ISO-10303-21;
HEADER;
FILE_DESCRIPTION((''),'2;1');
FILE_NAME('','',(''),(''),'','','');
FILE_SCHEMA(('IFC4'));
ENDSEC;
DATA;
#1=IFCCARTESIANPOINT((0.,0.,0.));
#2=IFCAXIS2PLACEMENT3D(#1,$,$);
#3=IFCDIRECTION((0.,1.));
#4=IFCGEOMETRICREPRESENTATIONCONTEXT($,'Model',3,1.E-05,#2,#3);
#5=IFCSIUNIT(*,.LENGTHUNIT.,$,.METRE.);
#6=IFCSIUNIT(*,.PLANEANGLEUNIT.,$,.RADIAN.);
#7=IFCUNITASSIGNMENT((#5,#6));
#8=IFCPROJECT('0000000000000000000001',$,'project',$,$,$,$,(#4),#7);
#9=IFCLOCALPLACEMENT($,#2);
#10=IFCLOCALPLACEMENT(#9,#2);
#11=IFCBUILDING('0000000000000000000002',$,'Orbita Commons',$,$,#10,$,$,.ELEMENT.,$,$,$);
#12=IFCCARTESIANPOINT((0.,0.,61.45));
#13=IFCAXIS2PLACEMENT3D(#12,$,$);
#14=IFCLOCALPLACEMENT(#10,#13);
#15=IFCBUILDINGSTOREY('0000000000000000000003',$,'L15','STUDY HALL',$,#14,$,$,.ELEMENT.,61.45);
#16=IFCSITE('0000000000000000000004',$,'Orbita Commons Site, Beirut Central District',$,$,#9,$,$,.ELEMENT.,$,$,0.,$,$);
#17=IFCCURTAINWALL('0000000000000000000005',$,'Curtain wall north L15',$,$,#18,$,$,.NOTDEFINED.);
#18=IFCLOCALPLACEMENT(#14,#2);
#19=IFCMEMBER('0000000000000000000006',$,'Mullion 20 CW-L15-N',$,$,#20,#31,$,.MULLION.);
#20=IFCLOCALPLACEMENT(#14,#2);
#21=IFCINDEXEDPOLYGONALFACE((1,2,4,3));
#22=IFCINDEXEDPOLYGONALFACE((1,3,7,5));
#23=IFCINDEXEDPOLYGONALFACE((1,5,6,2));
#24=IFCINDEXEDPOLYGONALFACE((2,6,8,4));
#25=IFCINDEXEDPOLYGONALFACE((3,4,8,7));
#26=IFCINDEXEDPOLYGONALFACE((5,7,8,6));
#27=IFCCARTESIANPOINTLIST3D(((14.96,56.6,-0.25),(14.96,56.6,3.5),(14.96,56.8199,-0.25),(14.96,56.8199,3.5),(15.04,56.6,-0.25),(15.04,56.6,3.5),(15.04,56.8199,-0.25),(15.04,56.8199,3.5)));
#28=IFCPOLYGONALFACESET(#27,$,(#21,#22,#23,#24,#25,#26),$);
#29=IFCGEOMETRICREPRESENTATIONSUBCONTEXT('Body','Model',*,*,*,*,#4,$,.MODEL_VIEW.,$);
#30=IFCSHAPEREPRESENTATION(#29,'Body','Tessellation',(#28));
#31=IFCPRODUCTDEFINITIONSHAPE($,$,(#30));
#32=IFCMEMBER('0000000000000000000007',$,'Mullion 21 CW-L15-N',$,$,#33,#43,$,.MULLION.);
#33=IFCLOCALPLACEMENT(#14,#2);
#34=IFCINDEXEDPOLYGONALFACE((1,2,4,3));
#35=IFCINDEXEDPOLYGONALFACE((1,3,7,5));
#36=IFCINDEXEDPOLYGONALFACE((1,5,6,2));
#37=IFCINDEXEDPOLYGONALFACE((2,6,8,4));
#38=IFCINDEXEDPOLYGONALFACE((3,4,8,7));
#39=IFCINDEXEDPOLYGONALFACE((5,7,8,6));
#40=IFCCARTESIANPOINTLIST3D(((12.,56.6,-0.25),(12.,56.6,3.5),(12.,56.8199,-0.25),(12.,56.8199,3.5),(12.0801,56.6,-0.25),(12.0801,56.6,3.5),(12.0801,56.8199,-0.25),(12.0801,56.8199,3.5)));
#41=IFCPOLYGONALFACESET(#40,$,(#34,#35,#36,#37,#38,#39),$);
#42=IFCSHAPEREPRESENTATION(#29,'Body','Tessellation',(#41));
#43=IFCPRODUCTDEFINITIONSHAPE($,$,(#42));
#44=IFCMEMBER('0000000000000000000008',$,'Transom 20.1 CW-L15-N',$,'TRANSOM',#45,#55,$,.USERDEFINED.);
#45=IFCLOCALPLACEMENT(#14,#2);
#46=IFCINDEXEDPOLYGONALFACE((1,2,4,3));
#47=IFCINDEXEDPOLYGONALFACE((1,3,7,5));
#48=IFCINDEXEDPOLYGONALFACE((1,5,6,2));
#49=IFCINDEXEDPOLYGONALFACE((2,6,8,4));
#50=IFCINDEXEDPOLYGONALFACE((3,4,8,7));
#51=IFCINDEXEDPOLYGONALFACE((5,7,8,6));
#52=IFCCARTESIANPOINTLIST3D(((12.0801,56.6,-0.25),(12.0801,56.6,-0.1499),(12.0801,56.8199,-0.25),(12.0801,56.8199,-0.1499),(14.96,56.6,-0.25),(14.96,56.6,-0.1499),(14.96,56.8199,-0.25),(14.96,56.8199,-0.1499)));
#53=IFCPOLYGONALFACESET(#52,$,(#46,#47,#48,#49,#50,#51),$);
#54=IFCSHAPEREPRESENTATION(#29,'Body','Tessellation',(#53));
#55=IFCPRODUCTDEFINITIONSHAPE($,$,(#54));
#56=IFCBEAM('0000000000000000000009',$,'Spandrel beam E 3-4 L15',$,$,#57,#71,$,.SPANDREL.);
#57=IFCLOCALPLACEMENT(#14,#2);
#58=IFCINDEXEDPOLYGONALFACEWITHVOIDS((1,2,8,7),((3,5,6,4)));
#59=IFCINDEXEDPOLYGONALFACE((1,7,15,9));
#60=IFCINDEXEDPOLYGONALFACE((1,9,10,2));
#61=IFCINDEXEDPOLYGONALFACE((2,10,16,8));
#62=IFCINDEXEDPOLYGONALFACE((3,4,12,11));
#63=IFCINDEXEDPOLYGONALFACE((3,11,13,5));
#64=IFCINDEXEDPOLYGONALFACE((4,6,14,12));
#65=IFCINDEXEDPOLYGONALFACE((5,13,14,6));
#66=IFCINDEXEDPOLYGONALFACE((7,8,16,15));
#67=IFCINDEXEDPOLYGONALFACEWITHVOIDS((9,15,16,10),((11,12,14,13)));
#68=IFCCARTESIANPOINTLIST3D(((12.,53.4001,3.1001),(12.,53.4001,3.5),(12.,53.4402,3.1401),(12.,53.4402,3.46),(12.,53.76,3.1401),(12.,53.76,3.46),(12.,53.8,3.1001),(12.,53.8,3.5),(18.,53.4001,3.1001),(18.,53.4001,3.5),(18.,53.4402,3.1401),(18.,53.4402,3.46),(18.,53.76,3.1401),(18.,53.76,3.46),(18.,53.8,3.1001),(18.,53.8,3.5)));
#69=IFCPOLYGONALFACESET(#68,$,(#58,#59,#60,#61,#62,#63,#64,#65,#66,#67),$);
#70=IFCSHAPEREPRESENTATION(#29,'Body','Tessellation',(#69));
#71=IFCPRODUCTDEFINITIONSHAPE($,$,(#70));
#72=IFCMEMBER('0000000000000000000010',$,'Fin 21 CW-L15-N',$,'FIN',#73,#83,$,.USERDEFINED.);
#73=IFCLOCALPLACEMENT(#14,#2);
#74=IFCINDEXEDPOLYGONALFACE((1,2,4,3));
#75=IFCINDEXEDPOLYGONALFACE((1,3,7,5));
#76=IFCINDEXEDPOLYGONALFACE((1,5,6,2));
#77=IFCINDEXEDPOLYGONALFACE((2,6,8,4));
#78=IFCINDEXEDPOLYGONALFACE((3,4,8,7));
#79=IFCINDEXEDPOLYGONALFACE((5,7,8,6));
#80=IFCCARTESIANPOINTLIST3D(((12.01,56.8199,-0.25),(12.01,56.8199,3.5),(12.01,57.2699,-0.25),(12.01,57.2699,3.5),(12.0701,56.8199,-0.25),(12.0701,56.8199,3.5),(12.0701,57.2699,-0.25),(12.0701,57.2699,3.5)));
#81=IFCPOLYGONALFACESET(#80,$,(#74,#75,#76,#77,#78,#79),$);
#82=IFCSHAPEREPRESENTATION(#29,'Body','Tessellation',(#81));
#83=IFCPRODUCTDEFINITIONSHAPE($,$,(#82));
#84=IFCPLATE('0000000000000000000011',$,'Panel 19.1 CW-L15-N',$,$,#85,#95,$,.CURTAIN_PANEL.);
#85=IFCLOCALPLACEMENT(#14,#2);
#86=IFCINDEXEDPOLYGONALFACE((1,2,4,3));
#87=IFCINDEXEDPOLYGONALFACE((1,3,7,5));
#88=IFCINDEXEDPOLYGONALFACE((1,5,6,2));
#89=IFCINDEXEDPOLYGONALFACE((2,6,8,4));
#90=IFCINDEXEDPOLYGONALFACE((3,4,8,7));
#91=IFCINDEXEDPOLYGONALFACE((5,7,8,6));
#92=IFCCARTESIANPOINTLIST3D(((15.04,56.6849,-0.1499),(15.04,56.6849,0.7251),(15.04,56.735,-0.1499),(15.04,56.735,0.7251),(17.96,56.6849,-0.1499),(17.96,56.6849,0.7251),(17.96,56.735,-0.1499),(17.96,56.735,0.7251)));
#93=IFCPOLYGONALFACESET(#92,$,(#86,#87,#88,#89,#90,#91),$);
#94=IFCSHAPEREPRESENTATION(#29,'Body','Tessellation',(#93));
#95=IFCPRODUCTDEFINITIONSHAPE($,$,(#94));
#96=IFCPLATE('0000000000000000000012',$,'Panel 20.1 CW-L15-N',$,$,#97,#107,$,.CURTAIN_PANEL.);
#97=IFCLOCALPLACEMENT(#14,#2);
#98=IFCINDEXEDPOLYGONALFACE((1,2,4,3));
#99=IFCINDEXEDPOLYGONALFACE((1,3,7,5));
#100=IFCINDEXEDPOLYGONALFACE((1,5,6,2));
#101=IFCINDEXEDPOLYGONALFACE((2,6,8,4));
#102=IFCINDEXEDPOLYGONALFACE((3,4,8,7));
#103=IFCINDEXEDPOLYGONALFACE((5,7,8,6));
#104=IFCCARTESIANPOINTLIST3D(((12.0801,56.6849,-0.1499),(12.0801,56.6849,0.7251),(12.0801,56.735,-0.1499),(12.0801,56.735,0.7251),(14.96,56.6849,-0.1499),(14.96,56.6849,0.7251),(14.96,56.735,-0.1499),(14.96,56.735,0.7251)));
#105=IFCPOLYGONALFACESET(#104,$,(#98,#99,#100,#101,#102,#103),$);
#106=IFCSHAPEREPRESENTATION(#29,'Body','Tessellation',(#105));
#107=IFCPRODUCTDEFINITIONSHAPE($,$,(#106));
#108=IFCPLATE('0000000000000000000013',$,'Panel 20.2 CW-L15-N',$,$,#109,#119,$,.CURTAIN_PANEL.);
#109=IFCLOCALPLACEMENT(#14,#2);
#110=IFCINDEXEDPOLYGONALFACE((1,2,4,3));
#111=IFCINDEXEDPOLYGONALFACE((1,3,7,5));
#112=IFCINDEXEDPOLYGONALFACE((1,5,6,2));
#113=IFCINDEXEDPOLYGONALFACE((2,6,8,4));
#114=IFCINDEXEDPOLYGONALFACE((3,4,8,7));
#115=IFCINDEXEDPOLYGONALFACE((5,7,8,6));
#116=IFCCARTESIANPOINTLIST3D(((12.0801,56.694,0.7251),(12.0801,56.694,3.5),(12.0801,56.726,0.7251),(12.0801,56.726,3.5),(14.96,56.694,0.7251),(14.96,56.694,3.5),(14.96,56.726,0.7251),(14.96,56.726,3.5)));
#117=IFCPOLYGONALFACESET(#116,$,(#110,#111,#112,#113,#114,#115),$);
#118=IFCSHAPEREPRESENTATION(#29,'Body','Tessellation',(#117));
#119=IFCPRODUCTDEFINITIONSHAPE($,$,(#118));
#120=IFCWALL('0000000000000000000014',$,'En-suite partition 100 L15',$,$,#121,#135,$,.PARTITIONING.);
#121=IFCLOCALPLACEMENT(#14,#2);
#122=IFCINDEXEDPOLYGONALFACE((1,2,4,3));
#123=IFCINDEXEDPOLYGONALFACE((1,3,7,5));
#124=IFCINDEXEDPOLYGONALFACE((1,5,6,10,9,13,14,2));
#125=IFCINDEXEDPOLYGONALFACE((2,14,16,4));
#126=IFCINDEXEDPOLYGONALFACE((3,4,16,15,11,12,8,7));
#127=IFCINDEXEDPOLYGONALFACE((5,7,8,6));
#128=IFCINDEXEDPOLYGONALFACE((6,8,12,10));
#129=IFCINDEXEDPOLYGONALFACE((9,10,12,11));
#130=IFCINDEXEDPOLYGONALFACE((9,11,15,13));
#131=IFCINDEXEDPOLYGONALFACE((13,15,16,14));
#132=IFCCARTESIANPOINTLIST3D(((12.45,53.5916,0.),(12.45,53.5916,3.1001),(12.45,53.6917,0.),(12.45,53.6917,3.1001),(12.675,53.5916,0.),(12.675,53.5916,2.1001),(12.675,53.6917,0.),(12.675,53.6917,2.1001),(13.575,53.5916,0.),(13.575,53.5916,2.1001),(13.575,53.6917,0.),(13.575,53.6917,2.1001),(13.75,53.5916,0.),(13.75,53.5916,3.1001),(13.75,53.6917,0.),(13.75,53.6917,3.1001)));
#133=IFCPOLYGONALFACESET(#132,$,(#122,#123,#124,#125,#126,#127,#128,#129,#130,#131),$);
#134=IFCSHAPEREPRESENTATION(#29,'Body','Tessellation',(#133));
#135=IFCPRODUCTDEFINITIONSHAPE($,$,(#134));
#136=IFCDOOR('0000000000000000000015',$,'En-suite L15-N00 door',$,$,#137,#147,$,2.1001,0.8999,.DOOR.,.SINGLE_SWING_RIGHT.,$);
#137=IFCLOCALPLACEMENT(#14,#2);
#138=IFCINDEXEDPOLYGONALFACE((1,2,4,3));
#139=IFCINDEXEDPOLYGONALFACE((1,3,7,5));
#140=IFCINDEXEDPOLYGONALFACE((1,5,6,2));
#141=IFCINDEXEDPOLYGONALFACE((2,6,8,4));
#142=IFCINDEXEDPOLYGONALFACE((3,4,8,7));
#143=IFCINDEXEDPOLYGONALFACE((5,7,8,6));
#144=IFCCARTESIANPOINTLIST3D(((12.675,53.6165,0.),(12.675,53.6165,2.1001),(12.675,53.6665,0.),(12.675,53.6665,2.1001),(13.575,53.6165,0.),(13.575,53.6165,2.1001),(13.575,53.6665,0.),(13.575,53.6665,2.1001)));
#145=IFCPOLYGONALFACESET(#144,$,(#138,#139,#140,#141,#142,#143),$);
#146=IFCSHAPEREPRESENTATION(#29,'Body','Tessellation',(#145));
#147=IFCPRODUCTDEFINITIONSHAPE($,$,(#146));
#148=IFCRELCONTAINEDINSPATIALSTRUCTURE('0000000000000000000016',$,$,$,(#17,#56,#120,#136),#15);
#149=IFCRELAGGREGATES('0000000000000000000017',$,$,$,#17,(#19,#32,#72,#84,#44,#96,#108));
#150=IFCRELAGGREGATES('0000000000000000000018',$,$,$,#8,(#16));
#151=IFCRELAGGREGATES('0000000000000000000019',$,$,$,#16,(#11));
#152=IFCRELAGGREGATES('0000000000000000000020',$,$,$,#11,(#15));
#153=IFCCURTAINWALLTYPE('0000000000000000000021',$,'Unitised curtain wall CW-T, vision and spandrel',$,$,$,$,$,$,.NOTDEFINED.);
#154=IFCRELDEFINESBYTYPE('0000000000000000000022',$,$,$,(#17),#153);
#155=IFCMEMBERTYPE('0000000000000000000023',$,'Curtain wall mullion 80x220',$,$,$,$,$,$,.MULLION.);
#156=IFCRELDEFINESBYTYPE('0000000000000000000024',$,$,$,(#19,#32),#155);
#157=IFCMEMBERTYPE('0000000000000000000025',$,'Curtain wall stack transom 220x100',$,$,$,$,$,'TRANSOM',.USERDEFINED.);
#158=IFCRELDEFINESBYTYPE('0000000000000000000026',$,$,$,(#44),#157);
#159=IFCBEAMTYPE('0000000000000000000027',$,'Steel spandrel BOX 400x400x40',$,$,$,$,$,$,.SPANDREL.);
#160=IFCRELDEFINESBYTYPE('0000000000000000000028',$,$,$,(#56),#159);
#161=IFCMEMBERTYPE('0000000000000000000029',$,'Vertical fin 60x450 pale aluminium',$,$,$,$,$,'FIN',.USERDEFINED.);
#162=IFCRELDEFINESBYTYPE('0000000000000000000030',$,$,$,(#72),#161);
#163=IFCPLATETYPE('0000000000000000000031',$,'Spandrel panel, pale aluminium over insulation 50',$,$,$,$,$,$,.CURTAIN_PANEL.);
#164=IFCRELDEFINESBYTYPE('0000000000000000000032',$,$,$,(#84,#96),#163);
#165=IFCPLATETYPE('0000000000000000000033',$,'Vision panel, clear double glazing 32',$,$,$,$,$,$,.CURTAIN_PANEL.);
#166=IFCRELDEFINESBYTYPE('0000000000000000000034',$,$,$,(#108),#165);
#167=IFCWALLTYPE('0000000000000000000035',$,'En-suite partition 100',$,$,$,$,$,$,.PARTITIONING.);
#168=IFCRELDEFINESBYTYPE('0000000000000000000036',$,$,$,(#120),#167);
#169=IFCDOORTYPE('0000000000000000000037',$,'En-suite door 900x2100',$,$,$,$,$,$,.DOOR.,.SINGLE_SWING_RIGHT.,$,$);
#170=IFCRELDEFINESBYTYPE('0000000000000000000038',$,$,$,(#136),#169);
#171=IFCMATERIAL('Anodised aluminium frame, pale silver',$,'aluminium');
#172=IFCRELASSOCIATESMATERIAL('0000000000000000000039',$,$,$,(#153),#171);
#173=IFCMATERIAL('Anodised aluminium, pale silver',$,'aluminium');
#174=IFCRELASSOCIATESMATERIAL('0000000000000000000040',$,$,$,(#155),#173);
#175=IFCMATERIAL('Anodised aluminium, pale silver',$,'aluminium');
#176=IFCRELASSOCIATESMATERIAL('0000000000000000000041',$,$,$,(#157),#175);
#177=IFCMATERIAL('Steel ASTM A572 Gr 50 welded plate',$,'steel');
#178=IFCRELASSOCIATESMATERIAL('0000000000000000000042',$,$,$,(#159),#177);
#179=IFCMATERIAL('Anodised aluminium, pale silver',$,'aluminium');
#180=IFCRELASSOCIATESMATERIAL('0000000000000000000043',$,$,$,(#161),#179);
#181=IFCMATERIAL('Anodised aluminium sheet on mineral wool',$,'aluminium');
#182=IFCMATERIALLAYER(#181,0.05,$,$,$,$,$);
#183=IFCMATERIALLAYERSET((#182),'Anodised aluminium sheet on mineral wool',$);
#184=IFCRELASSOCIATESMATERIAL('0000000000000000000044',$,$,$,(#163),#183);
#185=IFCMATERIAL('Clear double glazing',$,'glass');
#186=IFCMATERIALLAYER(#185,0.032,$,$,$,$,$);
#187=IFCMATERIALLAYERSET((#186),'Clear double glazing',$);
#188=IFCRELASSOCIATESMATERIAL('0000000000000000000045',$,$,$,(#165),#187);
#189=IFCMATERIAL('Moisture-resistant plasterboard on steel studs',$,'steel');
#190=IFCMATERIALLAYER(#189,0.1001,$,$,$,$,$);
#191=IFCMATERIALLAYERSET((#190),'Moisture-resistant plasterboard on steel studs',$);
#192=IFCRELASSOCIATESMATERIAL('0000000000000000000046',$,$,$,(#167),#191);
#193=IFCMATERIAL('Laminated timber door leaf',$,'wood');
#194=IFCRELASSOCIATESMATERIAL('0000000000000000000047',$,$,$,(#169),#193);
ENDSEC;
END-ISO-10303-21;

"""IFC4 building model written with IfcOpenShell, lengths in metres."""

from ifc_helpers import new_model, si_unit, direction, frame, frame_2d, origin, origin_2d, place, context, subcontext, project, spatial, polyline, rectangle, hollow_rectangle, outline, extrude, material, layer, layer_set, material_profile, profile_set, type_object, element, fill, aggregate, save


model = new_model("IFC4")

# Units and contexts
model_context = context("Model", 3, precision=1e-05, world=origin(), true_north=direction((0.0, 1.0)))
body_context = subcontext(model_context, "Body", "Model", "MODEL_VIEW")
ifc_project = project(units=[si_unit("LENGTHUNIT", "METRE"), si_unit("PLANEANGLEUNIT", "RADIAN")], contexts=[model_context])

# Site, building, storey
site_placement = place(None, origin())
site = spatial("IfcSite", under=ifc_project, at=site_placement, Name="Orbita Commons Site, Beirut Central District", CompositionType="ELEMENT", RefElevation=0.0)
building_placement = place(site_placement, origin())
building = spatial("IfcBuilding", under=site, at=building_placement, Name="Orbita Commons", CompositionType="ELEMENT")
storey_placement = place(building_placement, frame((0.0, 0.0, 61.45)))
storey = spatial("IfcBuildingStorey", under=building, at=storey_placement, Name="L15", Description="STUDY HALL", CompositionType="ELEMENT", Elevation=61.45)

# Curtain wall, members
ifc_material_1 = material(Name="Anodised aluminium frame, pale silver", Category="aluminium")
curtain_wall_type = type_object("IfcCurtainWallType", Name="Unitised curtain wall CW-T, vision and spandrel", PredefinedType="NOTDEFINED", material=ifc_material_1)
curtain_wall_placement = place(storey_placement, origin())
curtain_wall = element("IfcCurtainWall", 1, at=curtain_wall_placement, inside=storey, type_object=curtain_wall_type, Name="Curtain wall north L15", PredefinedType="NOTDEFINED")
ifc_material_2 = material(Name="Anodised aluminium, pale silver", Category="aluminium")
ifc_material_profile_1 = material_profile(ifc_material_2, rectangle(XDim=0.0801, YDim=0.22, at=origin_2d()), Name="AL 80x220")
ifc_profile_set_1 = profile_set([ifc_material_profile_1], Name="Anodised aluminium, pale silver")
member_type_1 = type_object("IfcMemberType", Name="Curtain wall mullion 80x220", PredefinedType="MULLION", material=ifc_profile_set_1)
member_1_placement = place(storey_placement, frame((15.0, 56.71, -0.25), z_axis=(0.0, 0.0, 1.0), x_axis=(-1.0, 0.0, 0.0)))
member_1 = element("IfcMember", 2, at=member_1_placement, type_object=member_type_1, Name="Mullion 20 CW-L15-N", PredefinedType="MULLION", context=body_context, shape_type="SweptSolid", body=[
    extrude(rectangle(XDim=0.0801, YDim=0.22, at=origin_2d()), origin(), (0.0, 0.0, 1.0), 3.75),
])
member_2_placement = place(storey_placement, frame((12.04, 56.71, -0.25), z_axis=(0.0, 0.0, 1.0), x_axis=(-1.0, 0.0, 0.0)))
member_2 = element("IfcMember", 3, at=member_2_placement, type_object=member_type_1, Name="Mullion 21 CW-L15-N", PredefinedType="MULLION", context=body_context, shape_type="SweptSolid", body=[
    extrude(rectangle(XDim=0.0801, YDim=0.22, at=origin_2d()), origin(), (0.0, 0.0, 1.0), 3.75),
])
ifc_material_3 = material(Name="Anodised aluminium, pale silver", Category="aluminium")
ifc_material_profile_2 = material_profile(ifc_material_3, rectangle(XDim=0.22, YDim=0.1001, at=origin_2d()), Name="AL 220x100")
ifc_profile_set_2 = profile_set([ifc_material_profile_2], Name="Anodised aluminium, pale silver")
member_type_2 = type_object("IfcMemberType", Name="Curtain wall stack transom 220x100", ElementType="TRANSOM", PredefinedType="USERDEFINED", material=ifc_profile_set_2)
member_3_placement = place(storey_placement, frame((14.96, 56.71, -0.2), z_axis=(-1.0, 0.0, 0.0), x_axis=(0.0, -1.0, 0.0)))
member_3 = element("IfcMember", 4, at=member_3_placement, type_object=member_type_2, Name="Transom 20.1 CW-L15-N", ObjectType="TRANSOM", PredefinedType="USERDEFINED", context=body_context, shape_type="SweptSolid", body=[
    extrude(rectangle(XDim=0.22, YDim=0.1001, at=origin_2d()), origin(), (0.0, 0.0, 1.0), 2.8799),
])

# Beam
ifc_material_4 = material(Name="Steel ASTM A572 Gr 50 welded plate", Category="steel")
ifc_material_profile_3 = material_profile(ifc_material_4, hollow_rectangle(XDim=0.3999, YDim=0.3999, WallThickness=0.04, at=origin_2d()), Name="BOX 400x400x40")
ifc_profile_set_3 = profile_set([ifc_material_profile_3], Name="Steel ASTM A572 Gr 50 welded plate")
beam_type = type_object("IfcBeamType", Name="Steel spandrel BOX 400x400x40", PredefinedType="SPANDREL", material=ifc_profile_set_3)
beam_placement = place(storey_placement, frame((12.0, 53.6001, 3.3), z_axis=(1.0, 0.0, 0.0), x_axis=(0.0, 1.0, 0.0)))
element("IfcBeam", 5, at=beam_placement, inside=storey, type_object=beam_type, Name="Spandrel beam E 3-4 L15", PredefinedType="SPANDREL", context=body_context, shape_type="SweptSolid", body=[
    extrude(hollow_rectangle(XDim=0.3999, YDim=0.3999, WallThickness=0.04, at=origin_2d()), origin(), (0.0, 0.0, 1.0), 6.0),
])

# Member
ifc_material_5 = material(Name="Anodised aluminium, pale silver", Category="aluminium")
ifc_material_profile_4 = material_profile(ifc_material_5, rectangle(XDim=0.0601, YDim=0.45, at=origin_2d()), Name="FIN 60x450")
ifc_profile_set_4 = profile_set([ifc_material_profile_4], Name="Anodised aluminium, pale silver")
member_type_3 = type_object("IfcMemberType", Name="Vertical fin 60x450 pale aluminium", ElementType="FIN", PredefinedType="USERDEFINED", material=ifc_profile_set_4)
member_4_placement = place(storey_placement, frame((12.04, 57.0449, -0.25), z_axis=(0.0, 0.0, 1.0), x_axis=(-1.0, 0.0, 0.0)))
member_4 = element("IfcMember", 6, at=member_4_placement, type_object=member_type_3, Name="Fin 21 CW-L15-N", ObjectType="FIN", PredefinedType="USERDEFINED", context=body_context, shape_type="SweptSolid", body=[
    extrude(rectangle(XDim=0.0601, YDim=0.45, at=origin_2d()), origin(), (0.0, 0.0, 1.0), 3.75),
])

# Plates
ifc_material_6 = material(Name="Anodised aluminium sheet on mineral wool", Category="aluminium")
ifc_layer_1 = layer(ifc_material_6, 0.05)
ifc_layer_set_1 = layer_set([ifc_layer_1], Name="Anodised aluminium sheet on mineral wool")
plate_type_1 = type_object("IfcPlateType", Name="Spandrel panel, pale aluminium over insulation 50", PredefinedType="CURTAIN_PANEL", material=ifc_layer_set_1)
plate_1_placement = place(storey_placement, frame((16.5, 56.71, -0.1499), z_axis=(0.0, 0.0, 1.0), x_axis=(-1.0, 0.0, 0.0)))
plate_1 = element("IfcPlate", 7, at=plate_1_placement, type_object=plate_type_1, Name="Panel 19.1 CW-L15-N", PredefinedType="CURTAIN_PANEL", context=body_context, shape_type="SweptSolid", body=[
    extrude(rectangle(XDim=2.9199, YDim=0.05, at=origin_2d()), origin(), (0.0, 0.0, 1.0), 0.875),
])
plate_2_placement = place(storey_placement, frame((13.52, 56.71, -0.1499), z_axis=(0.0, 0.0, 1.0), x_axis=(-1.0, 0.0, 0.0)))
plate_2 = element("IfcPlate", 8, at=plate_2_placement, type_object=plate_type_1, Name="Panel 20.1 CW-L15-N", PredefinedType="CURTAIN_PANEL", context=body_context, shape_type="SweptSolid", body=[
    extrude(rectangle(XDim=2.8799, YDim=0.05, at=origin_2d()), origin(), (0.0, 0.0, 1.0), 0.875),
])
ifc_material_7 = material(Name="Clear double glazing", Category="glass")
ifc_layer_2 = layer(ifc_material_7, 0.032)
ifc_layer_set_2 = layer_set([ifc_layer_2], Name="Clear double glazing")
plate_type_2 = type_object("IfcPlateType", Name="Vision panel, clear double glazing 32", PredefinedType="CURTAIN_PANEL", material=ifc_layer_set_2)
plate_3_placement = place(storey_placement, frame((13.52, 56.71, 0.7251), z_axis=(0.0, 0.0, 1.0), x_axis=(-1.0, 0.0, 0.0)))
plate_3 = element("IfcPlate", 9, at=plate_3_placement, type_object=plate_type_2, Name="Panel 20.2 CW-L15-N", PredefinedType="CURTAIN_PANEL", context=body_context, shape_type="SweptSolid", body=[
    extrude(rectangle(XDim=2.8799, YDim=0.032, at=origin_2d()), origin(), (0.0, 0.0, 1.0), 2.7749),
])
aggregate(curtain_wall, [member_1, member_2, member_4, plate_1, member_3, plate_2, plate_3])

# Wall, opening, door
ifc_material_8 = material(Name="Moisture-resistant plasterboard on steel studs", Category="steel")
ifc_layer_3 = layer(ifc_material_8, 0.1001)
ifc_layer_set_3 = layer_set([ifc_layer_3], Name="Moisture-resistant plasterboard on steel studs")
wall_type_1 = type_object("IfcWallType", Name="En-suite partition 100", PredefinedType="PARTITIONING", material=ifc_layer_set_3)
wall_1_placement = place(storey_placement, frame((12.45, 53.6416, 0.0), z_axis=(0.0, 0.0, 1.0), x_axis=(1.0, 0.0, 0.0)))
wall_1 = element("IfcWall", 10, at=wall_1_placement, inside=storey, type_object=wall_type_1, Name="En-suite partition 100 L15", PredefinedType="PARTITIONING", context=body_context, shape_type="SweptSolid", body=[
    extrude(outline(polyline([(0.0, 0.0), (1.3, 0.0), (1.3, 3.1001), (0.0, 3.1001), (0.0, 0.0)])), frame((0.0, 0.05, 0.0), z_axis=(0.0, -1.0, 0.0), x_axis=(1.0, 0.0, 0.0)), (0.0, 0.0, 1.0), 0.1001),
])
opening_1_placement = place(wall_1_placement, frame((0.2251, 0.0, 0.0)))
opening_1 = element("IfcOpeningElement", 11, at=opening_1_placement, cuts=wall_1, PredefinedType="OPENING", context=body_context, shape_type="SweptSolid", body=[
    extrude(rectangle(XDim=0.8999, YDim=2.1001, at=frame_2d((0.45, 1.05))), frame((0.0, 0.0601, 0.0), z_axis=(0.0, -1.0, 0.0), x_axis=(1.0, 0.0, 0.0)), (0.0, 0.0, 1.0), 0.1201),
])
ifc_material_9 = material(Name="Laminated timber door leaf", Category="wood")
door_type = type_object("IfcDoorType", Name="En-suite door 900x2100", OperationType="SINGLE_SWING_RIGHT", PredefinedType="DOOR", material=ifc_material_9)
door_1_placement = place(opening_1_placement, origin())
door_1 = element("IfcDoor", 12, at=door_1_placement, inside=storey, type_object=door_type, Name="En-suite L15-N00 door", OperationType="SINGLE_SWING_RIGHT", OverallHeight=2.1001, OverallWidth=0.8999, PredefinedType="DOOR", context=body_context, shape_type="SweptSolid", body=[
    extrude(rectangle(XDim=0.8999, YDim=2.1001, at=frame_2d((0.45, 1.05))), frame((0.0, 0.0249, 0.0), z_axis=(0.0, -1.0, 0.0), x_axis=(1.0, 0.0, 0.0)), (0.0, 0.0, 1.0), 0.05),
])
fill(opening_1, door_1)

save(model, "model.ifc")
